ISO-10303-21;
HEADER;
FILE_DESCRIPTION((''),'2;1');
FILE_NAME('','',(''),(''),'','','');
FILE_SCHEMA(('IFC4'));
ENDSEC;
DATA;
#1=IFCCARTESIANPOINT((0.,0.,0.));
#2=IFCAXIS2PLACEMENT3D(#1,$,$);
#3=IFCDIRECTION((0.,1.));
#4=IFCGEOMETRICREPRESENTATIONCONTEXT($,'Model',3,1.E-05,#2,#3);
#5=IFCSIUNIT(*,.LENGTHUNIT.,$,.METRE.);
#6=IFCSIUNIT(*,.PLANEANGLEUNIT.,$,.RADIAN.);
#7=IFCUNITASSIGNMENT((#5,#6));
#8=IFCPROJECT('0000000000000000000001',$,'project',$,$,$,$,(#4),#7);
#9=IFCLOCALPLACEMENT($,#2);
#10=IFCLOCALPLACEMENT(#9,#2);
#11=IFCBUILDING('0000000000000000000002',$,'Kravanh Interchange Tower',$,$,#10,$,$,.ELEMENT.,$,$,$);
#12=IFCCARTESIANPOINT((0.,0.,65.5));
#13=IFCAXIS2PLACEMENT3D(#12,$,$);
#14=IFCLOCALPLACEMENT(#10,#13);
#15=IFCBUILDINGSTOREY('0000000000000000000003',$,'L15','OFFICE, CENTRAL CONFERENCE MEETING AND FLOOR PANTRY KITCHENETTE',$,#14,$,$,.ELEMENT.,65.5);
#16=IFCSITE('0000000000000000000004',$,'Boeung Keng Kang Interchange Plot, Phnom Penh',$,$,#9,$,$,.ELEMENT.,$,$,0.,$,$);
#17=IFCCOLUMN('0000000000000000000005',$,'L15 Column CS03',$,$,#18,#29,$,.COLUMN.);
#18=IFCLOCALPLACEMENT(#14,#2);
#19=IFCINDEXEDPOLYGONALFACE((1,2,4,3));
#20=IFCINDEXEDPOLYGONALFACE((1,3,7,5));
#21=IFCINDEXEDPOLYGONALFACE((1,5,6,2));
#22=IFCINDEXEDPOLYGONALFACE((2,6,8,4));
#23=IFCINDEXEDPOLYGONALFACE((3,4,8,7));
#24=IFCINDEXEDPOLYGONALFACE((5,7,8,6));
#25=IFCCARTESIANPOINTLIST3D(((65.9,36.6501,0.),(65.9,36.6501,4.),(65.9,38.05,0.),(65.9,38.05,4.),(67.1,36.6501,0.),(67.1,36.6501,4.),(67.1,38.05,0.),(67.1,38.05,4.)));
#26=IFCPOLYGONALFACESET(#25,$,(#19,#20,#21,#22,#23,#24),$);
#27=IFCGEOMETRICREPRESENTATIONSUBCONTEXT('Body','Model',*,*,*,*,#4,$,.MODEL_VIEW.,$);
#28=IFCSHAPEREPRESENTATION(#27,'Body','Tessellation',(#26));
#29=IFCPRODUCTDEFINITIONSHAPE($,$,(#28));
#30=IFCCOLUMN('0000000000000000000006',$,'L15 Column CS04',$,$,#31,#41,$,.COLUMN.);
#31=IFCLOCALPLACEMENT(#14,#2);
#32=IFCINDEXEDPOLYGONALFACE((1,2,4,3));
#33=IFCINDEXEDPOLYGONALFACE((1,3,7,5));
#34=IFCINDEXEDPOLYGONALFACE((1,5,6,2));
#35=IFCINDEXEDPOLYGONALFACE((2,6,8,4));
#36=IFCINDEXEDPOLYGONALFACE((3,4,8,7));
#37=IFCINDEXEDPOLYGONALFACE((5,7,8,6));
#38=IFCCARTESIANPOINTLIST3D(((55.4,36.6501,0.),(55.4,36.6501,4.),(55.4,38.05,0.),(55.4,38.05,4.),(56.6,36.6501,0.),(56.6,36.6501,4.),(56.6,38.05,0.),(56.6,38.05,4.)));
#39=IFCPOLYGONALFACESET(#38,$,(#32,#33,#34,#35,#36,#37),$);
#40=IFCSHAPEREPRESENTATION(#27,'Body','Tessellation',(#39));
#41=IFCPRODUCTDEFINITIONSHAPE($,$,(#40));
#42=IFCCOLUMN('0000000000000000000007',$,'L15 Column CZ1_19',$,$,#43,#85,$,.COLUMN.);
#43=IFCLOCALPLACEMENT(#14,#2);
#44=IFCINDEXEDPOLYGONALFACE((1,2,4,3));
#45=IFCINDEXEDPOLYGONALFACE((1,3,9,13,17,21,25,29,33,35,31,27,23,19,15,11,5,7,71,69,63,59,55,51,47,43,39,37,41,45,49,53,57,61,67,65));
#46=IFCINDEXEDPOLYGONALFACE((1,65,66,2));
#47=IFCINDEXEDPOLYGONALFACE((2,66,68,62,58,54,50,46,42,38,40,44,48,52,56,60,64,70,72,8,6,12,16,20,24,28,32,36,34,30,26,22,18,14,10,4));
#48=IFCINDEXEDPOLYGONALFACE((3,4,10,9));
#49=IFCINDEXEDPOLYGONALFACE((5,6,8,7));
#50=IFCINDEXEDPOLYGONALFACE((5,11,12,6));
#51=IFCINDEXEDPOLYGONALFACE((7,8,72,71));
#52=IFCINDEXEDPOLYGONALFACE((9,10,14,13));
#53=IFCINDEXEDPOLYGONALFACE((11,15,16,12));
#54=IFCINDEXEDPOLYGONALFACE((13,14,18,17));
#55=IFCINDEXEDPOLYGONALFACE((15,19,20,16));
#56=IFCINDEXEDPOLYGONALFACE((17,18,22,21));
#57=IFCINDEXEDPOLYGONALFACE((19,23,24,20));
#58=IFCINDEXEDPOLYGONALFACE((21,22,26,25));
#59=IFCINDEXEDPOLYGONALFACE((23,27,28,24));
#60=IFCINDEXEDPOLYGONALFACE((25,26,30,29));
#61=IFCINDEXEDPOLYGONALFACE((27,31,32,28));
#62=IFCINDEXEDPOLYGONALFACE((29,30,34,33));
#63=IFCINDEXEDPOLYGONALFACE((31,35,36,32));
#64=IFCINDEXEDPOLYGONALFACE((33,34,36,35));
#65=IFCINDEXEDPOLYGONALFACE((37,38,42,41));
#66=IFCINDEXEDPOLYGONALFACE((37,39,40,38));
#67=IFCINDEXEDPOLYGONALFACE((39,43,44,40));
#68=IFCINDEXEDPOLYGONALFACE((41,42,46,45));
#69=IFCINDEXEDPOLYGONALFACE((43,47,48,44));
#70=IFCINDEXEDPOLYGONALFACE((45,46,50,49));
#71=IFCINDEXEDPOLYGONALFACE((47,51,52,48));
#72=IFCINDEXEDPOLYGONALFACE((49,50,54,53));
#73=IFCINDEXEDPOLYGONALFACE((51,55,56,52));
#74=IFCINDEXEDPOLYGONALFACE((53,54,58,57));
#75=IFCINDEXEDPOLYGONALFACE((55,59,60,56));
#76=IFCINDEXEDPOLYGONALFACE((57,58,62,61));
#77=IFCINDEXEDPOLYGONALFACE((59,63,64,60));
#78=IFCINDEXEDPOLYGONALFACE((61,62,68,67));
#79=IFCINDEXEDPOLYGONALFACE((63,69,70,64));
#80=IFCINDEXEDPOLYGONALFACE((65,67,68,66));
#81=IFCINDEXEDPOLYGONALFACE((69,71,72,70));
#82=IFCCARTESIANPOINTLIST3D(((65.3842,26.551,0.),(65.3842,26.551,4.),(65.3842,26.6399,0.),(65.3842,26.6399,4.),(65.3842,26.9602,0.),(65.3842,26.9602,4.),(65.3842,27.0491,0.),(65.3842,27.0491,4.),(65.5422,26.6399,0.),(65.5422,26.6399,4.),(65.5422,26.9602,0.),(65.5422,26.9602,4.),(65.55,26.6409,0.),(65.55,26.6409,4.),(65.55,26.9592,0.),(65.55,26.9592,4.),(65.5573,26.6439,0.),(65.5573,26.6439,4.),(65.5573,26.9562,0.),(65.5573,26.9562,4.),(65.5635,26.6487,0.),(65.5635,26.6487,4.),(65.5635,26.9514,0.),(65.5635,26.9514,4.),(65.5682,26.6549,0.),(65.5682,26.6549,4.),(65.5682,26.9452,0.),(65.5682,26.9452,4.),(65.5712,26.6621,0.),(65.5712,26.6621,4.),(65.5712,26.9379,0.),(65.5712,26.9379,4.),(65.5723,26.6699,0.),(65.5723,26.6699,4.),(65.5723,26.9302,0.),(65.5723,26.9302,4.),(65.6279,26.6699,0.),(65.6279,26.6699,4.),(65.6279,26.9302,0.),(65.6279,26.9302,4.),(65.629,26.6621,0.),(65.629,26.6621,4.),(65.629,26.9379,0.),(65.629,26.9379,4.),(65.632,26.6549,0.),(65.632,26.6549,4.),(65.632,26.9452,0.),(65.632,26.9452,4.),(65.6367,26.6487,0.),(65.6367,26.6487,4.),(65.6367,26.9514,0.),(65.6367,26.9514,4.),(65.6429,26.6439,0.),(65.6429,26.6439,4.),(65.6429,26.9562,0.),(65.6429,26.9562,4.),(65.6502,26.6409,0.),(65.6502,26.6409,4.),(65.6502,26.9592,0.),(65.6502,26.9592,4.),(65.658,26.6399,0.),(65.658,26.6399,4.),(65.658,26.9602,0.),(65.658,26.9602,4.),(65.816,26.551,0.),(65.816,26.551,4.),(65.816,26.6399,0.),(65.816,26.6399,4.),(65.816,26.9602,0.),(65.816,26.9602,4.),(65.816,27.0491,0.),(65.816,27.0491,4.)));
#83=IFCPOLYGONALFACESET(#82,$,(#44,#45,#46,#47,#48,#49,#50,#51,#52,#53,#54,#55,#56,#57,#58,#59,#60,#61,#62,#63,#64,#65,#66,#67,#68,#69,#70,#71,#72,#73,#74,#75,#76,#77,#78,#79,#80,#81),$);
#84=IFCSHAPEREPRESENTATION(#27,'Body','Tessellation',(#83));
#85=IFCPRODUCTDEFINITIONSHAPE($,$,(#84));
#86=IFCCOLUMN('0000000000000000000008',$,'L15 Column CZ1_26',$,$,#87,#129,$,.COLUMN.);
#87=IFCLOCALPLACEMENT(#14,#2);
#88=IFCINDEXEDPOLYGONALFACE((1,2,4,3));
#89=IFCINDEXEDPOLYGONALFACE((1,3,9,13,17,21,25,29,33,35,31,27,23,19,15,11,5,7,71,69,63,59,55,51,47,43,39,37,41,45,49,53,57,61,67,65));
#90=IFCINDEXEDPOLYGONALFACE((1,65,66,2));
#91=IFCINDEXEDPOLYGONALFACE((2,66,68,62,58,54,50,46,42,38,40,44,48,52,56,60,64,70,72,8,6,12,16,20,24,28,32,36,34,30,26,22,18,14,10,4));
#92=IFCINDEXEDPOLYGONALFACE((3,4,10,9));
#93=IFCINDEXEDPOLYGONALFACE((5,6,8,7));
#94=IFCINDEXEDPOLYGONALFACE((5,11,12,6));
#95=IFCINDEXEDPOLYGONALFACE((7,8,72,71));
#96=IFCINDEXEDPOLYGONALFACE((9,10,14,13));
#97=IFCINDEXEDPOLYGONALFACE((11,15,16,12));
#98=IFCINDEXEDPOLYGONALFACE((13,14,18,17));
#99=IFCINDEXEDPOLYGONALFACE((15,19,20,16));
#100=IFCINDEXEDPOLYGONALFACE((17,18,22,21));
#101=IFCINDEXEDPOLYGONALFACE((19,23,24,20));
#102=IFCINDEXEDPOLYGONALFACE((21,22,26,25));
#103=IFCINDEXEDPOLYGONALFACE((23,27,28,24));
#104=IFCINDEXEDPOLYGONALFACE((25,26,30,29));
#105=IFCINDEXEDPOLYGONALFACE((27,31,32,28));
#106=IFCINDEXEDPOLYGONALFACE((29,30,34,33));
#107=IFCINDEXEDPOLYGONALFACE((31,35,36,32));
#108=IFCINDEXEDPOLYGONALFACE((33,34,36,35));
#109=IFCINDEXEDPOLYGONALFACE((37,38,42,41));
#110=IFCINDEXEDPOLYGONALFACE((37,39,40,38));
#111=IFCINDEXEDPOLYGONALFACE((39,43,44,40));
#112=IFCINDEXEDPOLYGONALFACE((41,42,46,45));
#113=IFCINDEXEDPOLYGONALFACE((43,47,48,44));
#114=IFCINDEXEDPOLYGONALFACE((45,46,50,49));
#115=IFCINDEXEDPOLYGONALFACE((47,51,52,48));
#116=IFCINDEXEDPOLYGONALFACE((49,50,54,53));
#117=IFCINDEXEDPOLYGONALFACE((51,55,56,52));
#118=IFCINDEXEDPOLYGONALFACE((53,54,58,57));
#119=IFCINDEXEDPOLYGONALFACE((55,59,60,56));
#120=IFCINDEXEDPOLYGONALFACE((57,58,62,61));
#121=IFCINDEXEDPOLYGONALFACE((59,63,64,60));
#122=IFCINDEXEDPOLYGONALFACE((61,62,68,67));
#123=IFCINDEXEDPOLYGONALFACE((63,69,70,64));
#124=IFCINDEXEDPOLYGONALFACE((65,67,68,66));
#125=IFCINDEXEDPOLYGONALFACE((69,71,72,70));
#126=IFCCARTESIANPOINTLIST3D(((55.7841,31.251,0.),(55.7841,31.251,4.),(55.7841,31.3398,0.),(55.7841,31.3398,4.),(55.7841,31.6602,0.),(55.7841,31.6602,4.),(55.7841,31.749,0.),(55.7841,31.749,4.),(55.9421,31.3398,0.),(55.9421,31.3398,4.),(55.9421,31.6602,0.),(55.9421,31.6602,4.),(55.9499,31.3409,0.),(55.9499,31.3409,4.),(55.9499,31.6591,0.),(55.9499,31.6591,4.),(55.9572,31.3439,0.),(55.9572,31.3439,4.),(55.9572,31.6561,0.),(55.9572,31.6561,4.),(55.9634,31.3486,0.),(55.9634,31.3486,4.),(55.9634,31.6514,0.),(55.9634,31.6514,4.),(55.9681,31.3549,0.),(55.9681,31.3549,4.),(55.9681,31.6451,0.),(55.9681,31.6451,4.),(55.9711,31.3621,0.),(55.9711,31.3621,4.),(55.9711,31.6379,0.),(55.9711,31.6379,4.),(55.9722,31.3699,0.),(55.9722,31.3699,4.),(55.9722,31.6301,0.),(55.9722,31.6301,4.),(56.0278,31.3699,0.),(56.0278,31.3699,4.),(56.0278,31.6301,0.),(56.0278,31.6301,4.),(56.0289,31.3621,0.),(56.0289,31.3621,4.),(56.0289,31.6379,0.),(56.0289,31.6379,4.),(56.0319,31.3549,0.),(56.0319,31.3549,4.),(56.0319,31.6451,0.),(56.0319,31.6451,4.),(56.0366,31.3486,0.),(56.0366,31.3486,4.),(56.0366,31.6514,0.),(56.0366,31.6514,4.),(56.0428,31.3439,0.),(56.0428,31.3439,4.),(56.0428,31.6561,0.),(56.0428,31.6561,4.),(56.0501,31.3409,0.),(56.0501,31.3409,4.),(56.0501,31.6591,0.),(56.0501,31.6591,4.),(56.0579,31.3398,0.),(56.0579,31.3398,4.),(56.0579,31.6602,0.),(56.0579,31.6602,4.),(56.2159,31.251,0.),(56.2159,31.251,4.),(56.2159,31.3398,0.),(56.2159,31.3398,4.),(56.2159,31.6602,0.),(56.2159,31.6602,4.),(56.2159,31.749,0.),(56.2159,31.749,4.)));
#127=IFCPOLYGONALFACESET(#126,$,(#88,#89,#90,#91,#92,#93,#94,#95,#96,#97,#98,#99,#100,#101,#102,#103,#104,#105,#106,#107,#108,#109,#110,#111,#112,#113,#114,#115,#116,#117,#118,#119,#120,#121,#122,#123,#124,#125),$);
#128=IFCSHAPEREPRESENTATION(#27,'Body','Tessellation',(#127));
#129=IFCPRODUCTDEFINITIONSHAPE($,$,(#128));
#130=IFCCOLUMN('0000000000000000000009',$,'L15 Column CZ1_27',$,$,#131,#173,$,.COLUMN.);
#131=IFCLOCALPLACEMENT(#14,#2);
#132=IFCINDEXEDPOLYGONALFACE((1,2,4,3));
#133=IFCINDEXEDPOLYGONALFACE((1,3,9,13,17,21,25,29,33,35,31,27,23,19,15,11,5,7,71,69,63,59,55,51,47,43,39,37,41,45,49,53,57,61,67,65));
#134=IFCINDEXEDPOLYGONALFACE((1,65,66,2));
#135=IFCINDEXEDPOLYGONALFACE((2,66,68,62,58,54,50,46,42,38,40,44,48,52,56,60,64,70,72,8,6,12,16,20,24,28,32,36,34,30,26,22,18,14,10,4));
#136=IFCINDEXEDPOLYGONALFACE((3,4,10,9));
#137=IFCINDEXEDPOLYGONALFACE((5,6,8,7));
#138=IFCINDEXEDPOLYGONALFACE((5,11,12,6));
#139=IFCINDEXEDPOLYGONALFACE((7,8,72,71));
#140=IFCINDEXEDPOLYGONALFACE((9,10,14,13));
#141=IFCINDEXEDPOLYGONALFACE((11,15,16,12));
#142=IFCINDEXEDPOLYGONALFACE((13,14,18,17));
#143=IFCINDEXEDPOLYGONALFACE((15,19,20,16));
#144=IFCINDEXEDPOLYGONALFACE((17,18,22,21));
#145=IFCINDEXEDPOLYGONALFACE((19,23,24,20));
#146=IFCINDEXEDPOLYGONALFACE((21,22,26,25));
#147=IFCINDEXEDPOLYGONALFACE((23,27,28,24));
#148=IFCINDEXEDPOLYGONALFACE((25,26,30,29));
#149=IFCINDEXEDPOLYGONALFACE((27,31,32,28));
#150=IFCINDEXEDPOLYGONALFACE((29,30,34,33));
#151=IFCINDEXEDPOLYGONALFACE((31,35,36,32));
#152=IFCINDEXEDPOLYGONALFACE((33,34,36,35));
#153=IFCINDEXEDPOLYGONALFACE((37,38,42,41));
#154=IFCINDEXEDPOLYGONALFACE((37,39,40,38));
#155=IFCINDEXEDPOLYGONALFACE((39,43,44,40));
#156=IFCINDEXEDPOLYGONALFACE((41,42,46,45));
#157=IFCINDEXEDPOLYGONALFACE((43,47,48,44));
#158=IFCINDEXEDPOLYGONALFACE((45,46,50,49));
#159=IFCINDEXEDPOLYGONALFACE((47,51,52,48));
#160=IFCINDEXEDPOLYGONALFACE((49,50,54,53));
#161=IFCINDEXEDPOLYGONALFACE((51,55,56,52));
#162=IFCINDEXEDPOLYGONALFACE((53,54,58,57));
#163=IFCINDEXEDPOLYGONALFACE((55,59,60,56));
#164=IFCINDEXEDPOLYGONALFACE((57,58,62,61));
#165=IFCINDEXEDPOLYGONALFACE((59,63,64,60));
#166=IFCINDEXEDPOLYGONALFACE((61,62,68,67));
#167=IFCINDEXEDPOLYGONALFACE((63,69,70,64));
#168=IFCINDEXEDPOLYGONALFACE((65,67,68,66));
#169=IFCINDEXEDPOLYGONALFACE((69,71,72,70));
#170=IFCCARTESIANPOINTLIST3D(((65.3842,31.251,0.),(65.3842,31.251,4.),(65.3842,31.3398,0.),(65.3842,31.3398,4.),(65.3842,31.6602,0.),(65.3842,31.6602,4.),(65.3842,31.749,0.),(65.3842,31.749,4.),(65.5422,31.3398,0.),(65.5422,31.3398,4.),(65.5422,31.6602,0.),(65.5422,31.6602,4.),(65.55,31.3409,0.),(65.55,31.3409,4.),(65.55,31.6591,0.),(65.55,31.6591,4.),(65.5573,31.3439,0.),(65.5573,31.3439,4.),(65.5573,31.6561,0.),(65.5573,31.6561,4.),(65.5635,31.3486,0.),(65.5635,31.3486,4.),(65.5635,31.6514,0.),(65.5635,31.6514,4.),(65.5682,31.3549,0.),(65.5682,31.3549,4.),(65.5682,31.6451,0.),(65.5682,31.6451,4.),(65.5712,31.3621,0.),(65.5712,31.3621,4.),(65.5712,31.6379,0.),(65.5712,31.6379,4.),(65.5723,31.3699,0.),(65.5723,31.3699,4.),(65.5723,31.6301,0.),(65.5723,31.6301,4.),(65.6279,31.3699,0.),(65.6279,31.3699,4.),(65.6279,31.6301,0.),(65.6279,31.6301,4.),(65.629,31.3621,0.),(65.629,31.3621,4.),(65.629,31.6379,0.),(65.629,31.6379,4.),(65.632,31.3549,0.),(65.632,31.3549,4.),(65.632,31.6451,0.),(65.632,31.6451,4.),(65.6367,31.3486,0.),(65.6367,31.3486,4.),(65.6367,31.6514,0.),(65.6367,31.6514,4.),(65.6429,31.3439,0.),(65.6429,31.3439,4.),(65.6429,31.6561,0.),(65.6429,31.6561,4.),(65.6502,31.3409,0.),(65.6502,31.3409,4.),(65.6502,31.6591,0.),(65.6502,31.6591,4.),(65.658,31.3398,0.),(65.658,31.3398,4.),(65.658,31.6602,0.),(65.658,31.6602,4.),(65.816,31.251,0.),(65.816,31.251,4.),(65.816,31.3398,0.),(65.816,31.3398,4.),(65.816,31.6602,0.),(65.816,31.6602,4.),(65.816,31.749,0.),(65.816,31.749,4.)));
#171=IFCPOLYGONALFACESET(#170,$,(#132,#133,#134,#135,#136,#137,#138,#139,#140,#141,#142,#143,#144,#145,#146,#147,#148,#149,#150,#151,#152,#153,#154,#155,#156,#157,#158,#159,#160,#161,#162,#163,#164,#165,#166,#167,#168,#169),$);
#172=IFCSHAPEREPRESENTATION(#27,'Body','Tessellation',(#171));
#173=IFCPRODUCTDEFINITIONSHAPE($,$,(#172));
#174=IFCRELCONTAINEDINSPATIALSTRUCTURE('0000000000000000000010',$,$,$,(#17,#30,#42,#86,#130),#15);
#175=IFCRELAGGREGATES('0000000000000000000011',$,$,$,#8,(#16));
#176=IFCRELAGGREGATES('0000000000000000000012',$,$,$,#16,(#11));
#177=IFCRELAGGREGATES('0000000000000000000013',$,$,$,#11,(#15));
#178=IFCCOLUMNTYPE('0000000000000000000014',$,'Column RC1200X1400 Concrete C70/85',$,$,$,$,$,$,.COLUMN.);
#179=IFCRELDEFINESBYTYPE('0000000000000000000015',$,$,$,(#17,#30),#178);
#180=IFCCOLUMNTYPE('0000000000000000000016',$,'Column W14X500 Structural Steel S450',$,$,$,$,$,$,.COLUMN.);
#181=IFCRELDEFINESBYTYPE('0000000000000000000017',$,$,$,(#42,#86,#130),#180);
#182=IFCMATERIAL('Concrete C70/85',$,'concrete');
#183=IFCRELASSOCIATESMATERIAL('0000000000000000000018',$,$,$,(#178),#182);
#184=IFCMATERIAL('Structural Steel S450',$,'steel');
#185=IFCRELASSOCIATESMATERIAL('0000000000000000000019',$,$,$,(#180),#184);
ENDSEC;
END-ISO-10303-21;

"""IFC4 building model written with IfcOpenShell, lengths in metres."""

from ifc_helpers import new_model, si_unit, direction, frame, origin, origin_2d, place, context, subcontext, project, spatial, rectangle, i_section, extrude, material, material_profile, profile_set, type_object, element, save


model = new_model("IFC4")

# Units and contexts
model_context = context("Model", 3, precision=1e-05, world=origin(), true_north=direction((0.0, 1.0)))
body_context = subcontext(model_context, "Body", "Model", "MODEL_VIEW")
ifc_project = project(units=[si_unit("LENGTHUNIT", "METRE"), si_unit("PLANEANGLEUNIT", "RADIAN")], contexts=[model_context])

# Site, building, storey
site_placement = place(None, origin())
site = spatial("IfcSite", under=ifc_project, at=site_placement, Name="Boeung Keng Kang Interchange Plot, Phnom Penh", CompositionType="ELEMENT", RefElevation=0.0)
building_placement = place(site_placement, origin())
building = spatial("IfcBuilding", under=site, at=building_placement, Name="Kravanh Interchange Tower", CompositionType="ELEMENT")
storey_placement = place(building_placement, frame((0.0, 0.0, 65.5)))
storey = spatial("IfcBuildingStorey", under=building, at=storey_placement, Name="L15", Description="OFFICE, CENTRAL CONFERENCE MEETING AND FLOOR PANTRY KITCHENETTE", CompositionType="ELEMENT", Elevation=65.5)

# Columns
ifc_material_1 = material(Name="Concrete C70/85", Category="concrete")
ifc_material_profile_1 = material_profile(ifc_material_1, rectangle(XDim=1.2, YDim=1.3999, at=origin_2d()), Name="RC1200X1400")
ifc_profile_set_1 = profile_set([ifc_material_profile_1], Name="Concrete C70/85")
column_type_1 = type_object("IfcColumnType", Name="Column RC1200X1400 Concrete C70/85", PredefinedType="COLUMN", material=ifc_profile_set_1)
for number, where, z_axis, x_axis, name in (
    (1, (66.5, 37.3501, 0.0), (0.0, 0.0, 1.0), (1.0, 0.0, 0.0), "L15 Column CS03"),
    (2, (56.0, 37.3501, 0.0), (0.0, 0.0, 1.0), (1.0, 0.0, 0.0), "L15 Column CS04"),
):
    element("IfcColumn", number, at=place(storey_placement, frame(where, z_axis=z_axis, x_axis=x_axis)), inside=storey, type_object=column_type_1, Name=name, PredefinedType="COLUMN", context=body_context, shape_type="SweptSolid", body=[
        extrude(rectangle(XDim=1.2, YDim=1.3999, at=origin_2d()), origin(), (0.0, 0.0, 1.0), 4.0),
    ])
ifc_material_2 = material(Name="Structural Steel S450", Category="steel")
ifc_material_profile_2 = material_profile(ifc_material_2, i_section(OverallWidth=0.4319, OverallDepth=0.498, WebThickness=0.0557, FlangeThickness=0.0889, FilletRadius=0.03, at=origin_2d()), Name="W14X500")
ifc_profile_set_2 = profile_set([ifc_material_profile_2], Name="Structural Steel S450")
column_type_2 = type_object("IfcColumnType", Name="Column W14X500 Structural Steel S450", PredefinedType="COLUMN", material=ifc_profile_set_2)
for number, where, z_axis, x_axis, name in (
    (3, (65.6001, 26.8, 0.0), (0.0, 0.0, 1.0), (1.0, 0.0, 0.0), "L15 Column CZ1_19"),
    (4, (56.0, 31.5, 0.0), (0.0, 0.0, 1.0), (1.0, 0.0, 0.0), "L15 Column CZ1_26"),
    (5, (65.6001, 31.5, 0.0), (0.0, 0.0, 1.0), (1.0, 0.0, 0.0), "L15 Column CZ1_27"),
):
    element("IfcColumn", number, at=place(storey_placement, frame(where, z_axis=z_axis, x_axis=x_axis)), inside=storey, type_object=column_type_2, Name=name, PredefinedType="COLUMN", context=body_context, shape_type="SweptSolid", body=[
        extrude(i_section(OverallWidth=0.4319, OverallDepth=0.498, WebThickness=0.0557, FlangeThickness=0.0889, FilletRadius=0.03, at=origin_2d()), origin(), (0.0, 0.0, 1.0), 4.0),
    ])

save(model, "model.ifc")
